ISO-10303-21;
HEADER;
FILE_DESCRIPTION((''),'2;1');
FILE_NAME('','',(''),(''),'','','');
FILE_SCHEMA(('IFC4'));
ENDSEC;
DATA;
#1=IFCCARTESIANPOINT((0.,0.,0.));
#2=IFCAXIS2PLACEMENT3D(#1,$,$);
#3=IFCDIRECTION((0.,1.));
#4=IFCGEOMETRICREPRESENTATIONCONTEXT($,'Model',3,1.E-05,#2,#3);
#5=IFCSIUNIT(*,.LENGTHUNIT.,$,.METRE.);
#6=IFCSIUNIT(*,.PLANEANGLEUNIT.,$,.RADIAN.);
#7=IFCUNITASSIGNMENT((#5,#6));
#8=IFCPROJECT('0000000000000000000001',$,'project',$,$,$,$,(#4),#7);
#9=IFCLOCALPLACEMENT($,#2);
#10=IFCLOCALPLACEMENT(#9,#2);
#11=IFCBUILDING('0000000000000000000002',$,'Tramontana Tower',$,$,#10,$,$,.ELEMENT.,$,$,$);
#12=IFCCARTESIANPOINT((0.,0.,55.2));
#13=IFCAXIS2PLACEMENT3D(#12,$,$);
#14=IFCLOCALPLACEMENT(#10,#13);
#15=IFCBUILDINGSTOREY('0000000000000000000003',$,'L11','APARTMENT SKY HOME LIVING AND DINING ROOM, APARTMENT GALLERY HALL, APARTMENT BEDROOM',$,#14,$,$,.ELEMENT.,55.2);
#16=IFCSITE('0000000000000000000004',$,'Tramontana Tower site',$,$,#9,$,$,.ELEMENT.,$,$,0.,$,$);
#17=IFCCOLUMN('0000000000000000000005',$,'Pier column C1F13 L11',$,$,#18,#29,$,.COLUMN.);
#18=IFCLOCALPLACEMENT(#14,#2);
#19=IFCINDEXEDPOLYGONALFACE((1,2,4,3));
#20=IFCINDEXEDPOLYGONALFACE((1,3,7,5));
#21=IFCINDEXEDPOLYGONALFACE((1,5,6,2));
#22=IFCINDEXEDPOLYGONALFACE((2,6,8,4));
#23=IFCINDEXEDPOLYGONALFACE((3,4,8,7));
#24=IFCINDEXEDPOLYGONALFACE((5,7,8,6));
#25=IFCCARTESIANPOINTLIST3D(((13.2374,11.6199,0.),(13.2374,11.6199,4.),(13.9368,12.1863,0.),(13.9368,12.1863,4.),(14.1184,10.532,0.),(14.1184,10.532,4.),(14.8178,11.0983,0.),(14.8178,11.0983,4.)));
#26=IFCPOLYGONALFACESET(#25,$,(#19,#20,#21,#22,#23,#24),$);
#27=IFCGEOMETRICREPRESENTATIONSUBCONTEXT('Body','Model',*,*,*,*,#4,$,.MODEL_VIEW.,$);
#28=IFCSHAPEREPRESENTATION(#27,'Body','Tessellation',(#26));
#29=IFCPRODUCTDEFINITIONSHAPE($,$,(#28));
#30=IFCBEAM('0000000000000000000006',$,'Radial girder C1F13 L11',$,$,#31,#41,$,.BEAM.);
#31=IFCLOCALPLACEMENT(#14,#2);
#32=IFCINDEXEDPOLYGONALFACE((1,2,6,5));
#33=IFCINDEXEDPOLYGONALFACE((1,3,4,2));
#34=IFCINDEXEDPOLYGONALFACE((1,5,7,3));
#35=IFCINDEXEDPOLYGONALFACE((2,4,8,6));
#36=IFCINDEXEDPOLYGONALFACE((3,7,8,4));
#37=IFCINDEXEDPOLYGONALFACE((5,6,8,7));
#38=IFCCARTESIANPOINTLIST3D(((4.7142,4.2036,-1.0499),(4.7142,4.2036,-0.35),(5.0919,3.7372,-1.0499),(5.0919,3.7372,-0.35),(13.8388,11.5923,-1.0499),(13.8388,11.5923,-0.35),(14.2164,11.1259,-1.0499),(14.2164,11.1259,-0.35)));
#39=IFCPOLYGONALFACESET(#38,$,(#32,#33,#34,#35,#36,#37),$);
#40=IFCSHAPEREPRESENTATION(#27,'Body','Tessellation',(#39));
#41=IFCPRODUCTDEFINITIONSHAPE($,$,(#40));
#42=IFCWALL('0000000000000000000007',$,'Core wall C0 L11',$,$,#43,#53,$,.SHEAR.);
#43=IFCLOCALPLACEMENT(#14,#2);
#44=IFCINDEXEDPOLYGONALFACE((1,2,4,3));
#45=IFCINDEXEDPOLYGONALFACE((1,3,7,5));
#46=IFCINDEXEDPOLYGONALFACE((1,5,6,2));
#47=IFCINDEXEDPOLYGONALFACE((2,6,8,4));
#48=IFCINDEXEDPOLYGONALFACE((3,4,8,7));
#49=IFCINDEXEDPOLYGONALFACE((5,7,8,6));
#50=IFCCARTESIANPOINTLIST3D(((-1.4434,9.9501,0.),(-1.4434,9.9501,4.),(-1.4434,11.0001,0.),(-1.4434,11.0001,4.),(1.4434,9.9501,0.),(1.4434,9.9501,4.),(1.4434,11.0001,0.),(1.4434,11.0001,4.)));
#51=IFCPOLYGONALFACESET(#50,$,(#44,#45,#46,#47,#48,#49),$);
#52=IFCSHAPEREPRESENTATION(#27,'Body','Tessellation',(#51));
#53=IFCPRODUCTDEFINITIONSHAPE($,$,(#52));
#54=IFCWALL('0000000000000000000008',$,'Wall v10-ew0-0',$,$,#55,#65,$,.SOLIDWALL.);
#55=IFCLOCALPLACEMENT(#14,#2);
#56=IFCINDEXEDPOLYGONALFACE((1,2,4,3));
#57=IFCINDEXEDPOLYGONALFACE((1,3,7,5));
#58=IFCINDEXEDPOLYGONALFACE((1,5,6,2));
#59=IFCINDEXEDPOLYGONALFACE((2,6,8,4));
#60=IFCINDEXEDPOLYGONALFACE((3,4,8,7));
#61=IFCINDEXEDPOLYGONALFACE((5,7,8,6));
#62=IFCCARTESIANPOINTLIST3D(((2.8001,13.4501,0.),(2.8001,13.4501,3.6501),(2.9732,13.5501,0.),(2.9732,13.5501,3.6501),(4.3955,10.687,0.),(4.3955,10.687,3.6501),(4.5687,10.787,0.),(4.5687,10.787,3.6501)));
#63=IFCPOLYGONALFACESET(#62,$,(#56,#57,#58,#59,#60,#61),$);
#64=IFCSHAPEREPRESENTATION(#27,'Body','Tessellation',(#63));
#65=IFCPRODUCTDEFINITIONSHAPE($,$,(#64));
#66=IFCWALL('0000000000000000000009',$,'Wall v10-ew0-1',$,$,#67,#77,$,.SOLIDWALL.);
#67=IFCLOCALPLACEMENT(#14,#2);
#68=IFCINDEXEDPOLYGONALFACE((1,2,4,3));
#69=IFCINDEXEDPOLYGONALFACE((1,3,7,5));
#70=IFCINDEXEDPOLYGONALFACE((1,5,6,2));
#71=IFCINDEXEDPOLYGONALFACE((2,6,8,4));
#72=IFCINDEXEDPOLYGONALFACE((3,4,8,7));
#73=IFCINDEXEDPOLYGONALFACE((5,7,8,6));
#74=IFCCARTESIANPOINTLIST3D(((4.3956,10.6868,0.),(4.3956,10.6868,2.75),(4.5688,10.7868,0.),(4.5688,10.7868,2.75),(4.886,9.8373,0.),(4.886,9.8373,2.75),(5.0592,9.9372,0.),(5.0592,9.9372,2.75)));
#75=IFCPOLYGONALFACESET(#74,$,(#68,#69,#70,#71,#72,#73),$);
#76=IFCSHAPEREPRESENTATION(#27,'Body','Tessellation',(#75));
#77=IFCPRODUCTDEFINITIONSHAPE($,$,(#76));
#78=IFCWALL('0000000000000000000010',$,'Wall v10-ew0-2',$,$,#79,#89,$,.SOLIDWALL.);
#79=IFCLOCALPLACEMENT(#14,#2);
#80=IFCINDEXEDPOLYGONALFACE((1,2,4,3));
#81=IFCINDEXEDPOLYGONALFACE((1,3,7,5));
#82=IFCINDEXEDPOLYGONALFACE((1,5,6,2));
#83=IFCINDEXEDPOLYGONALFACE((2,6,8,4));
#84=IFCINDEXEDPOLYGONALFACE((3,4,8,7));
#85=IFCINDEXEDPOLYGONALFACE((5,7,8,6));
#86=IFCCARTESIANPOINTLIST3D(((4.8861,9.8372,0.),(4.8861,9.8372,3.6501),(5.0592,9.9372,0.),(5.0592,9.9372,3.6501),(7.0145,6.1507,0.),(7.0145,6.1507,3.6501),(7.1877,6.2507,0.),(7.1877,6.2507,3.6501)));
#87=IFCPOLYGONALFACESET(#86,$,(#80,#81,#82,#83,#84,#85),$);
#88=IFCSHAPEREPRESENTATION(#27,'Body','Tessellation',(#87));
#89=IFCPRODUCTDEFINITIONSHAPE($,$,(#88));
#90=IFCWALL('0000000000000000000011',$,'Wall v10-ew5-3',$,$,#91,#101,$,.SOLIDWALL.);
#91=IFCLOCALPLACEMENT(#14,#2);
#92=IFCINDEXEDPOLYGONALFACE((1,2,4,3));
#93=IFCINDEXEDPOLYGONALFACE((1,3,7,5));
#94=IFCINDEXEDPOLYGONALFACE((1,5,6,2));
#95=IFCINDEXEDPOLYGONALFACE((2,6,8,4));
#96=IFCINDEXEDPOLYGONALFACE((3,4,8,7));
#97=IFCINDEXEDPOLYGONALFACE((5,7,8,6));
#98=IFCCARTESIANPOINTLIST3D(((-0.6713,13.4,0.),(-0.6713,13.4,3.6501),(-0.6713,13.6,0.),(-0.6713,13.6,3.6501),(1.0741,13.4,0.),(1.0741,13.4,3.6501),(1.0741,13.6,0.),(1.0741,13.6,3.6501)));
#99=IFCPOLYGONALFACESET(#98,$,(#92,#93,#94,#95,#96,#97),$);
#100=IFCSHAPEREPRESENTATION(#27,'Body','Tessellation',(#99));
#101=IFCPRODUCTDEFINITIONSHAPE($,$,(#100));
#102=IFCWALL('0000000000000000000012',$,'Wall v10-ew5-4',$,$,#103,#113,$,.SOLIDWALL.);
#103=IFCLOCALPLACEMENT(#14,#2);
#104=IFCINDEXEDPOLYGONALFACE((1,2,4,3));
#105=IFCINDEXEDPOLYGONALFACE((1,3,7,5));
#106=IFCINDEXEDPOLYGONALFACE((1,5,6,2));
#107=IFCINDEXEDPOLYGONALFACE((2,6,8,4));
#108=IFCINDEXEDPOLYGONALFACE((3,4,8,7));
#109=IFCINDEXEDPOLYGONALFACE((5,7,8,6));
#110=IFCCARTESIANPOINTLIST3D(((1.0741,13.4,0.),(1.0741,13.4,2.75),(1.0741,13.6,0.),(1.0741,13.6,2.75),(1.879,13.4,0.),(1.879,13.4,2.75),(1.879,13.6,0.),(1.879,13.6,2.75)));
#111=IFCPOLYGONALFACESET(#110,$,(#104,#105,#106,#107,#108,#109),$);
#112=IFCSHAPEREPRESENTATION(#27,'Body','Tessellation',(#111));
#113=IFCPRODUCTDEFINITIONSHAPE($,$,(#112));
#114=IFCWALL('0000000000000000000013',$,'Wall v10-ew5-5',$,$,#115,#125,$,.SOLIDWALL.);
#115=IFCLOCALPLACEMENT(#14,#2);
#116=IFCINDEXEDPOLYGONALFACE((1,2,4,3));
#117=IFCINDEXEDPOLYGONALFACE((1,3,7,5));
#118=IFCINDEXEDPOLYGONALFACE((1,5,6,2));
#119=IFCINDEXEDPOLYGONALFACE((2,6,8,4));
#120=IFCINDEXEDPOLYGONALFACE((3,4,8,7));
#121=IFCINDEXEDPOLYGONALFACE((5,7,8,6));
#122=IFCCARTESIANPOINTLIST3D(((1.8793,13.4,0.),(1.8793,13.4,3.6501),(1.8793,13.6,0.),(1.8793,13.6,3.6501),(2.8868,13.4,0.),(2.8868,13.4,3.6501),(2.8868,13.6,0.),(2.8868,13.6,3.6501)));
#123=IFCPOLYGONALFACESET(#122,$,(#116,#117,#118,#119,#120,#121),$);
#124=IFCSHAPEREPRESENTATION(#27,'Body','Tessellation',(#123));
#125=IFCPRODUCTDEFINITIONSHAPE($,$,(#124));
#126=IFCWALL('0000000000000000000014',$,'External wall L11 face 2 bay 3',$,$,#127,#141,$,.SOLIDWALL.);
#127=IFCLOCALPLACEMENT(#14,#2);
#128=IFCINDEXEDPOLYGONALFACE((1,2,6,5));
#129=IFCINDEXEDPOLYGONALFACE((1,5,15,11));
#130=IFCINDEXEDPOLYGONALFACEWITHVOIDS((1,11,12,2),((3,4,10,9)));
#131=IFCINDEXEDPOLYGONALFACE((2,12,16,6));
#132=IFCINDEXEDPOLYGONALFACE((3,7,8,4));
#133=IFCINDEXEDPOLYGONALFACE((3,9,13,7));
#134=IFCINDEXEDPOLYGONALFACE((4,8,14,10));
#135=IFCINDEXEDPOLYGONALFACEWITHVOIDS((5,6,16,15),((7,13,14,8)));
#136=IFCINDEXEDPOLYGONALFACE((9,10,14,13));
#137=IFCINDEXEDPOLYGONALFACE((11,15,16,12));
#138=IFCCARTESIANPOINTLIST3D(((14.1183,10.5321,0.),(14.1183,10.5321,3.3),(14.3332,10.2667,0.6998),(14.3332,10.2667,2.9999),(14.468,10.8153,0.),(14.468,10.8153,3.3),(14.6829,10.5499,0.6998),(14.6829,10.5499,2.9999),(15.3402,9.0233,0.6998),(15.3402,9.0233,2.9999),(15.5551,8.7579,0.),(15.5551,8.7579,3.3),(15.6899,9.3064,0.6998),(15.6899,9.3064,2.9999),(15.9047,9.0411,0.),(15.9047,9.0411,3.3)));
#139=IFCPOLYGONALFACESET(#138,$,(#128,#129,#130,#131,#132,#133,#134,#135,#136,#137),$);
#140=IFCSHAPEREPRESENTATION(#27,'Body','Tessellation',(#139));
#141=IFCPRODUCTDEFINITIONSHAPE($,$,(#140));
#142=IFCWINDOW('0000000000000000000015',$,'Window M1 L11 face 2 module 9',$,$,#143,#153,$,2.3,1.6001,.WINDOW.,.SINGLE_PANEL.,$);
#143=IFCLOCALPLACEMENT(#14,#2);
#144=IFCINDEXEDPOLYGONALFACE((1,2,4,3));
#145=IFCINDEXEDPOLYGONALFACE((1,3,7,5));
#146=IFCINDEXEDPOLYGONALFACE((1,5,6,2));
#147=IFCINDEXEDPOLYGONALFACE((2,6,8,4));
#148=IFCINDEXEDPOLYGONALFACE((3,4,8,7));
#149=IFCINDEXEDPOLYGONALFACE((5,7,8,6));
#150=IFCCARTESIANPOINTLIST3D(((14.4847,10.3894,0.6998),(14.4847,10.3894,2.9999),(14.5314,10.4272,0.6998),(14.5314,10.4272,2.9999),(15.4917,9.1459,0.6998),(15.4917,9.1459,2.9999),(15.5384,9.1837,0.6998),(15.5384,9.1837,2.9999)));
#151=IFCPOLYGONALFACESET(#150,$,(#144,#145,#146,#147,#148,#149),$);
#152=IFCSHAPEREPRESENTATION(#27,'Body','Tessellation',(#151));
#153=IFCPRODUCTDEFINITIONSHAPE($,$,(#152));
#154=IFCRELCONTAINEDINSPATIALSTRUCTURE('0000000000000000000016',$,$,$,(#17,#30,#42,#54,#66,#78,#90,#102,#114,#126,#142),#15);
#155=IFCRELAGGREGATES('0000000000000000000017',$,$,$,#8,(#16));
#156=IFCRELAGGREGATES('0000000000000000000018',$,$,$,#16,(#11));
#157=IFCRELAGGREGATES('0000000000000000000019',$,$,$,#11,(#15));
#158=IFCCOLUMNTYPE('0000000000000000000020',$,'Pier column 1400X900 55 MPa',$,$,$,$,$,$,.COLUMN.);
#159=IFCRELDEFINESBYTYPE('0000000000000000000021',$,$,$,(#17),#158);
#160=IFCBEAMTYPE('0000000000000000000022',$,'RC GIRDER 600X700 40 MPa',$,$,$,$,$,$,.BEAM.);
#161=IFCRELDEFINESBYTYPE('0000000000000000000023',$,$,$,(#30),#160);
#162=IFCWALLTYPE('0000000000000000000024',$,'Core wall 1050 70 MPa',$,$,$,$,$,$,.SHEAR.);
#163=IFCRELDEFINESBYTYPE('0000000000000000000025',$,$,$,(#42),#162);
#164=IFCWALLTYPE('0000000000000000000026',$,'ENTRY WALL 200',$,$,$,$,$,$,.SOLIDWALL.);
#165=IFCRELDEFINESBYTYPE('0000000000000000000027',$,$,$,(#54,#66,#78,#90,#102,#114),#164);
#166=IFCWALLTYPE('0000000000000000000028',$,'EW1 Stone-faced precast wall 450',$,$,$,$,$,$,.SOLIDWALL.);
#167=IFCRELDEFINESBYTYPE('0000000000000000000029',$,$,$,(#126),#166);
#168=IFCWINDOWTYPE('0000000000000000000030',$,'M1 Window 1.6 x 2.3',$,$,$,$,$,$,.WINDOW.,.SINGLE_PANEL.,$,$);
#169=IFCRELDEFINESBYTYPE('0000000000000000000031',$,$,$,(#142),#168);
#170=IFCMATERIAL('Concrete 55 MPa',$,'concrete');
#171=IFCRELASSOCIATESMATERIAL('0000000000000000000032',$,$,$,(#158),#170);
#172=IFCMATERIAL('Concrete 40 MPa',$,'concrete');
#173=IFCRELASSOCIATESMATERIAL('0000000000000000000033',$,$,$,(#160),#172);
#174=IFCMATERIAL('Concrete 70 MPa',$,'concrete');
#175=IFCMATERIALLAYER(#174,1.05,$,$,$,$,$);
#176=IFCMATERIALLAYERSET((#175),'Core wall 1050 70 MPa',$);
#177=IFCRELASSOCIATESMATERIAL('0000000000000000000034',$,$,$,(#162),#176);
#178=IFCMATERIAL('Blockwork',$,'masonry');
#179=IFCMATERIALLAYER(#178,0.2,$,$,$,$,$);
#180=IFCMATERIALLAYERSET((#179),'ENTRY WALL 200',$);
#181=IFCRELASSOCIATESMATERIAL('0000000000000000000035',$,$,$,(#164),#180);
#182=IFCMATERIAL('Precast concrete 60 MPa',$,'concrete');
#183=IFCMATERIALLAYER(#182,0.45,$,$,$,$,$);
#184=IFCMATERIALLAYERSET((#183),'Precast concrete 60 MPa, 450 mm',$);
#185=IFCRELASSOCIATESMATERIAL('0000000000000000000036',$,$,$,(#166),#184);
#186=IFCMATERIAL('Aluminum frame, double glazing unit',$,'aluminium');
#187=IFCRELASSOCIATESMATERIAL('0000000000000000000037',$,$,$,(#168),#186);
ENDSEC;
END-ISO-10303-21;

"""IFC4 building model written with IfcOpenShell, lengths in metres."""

from ifc_helpers import new_model, si_unit, direction, frame, frame_2d, origin, origin_2d, place, context, subcontext, project, spatial, rectangle, extrude, material, layer, layer_set, material_profile, profile_set, type_object, element, fill, save


model = new_model("IFC4")

# Units and contexts
model_context = context("Model", 3, precision=1e-05, world=origin(), true_north=direction((0.0, 1.0)))
body_context = subcontext(model_context, "Body", "Model", "MODEL_VIEW")
ifc_project = project(units=[si_unit("LENGTHUNIT", "METRE"), si_unit("PLANEANGLEUNIT", "RADIAN")], contexts=[model_context])

# Site, building, storey
site_placement = place(None, origin())
site = spatial("IfcSite", under=ifc_project, at=site_placement, Name="Tramontana Tower site", CompositionType="ELEMENT", RefElevation=0.0)
building_placement = place(site_placement, origin())
building = spatial("IfcBuilding", under=site, at=building_placement, Name="Tramontana Tower", CompositionType="ELEMENT")
storey_placement = place(building_placement, frame((0.0, 0.0, 55.2)))
storey = spatial("IfcBuildingStorey", under=building, at=storey_placement, Name="L11", Description="APARTMENT SKY HOME LIVING AND DINING ROOM, APARTMENT GALLERY HALL, APARTMENT BEDROOM", CompositionType="ELEMENT", Elevation=55.2)

# Column
ifc_material_1 = material(Name="Concrete 55 MPa", Category="concrete")
ifc_material_profile_1 = material_profile(ifc_material_1, rectangle(XDim=1.3999, YDim=0.8999, at=origin_2d()), Name="Pier column 1400X900 55 MPa")
ifc_profile_set_1 = profile_set([ifc_material_profile_1], Name="Concrete 55 MPa")
column_type = type_object("IfcColumnType", Name="Pier column 1400X900 55 MPa", PredefinedType="COLUMN", material=ifc_profile_set_1)
column_placement = place(storey_placement, frame((14.0276, 11.3591, 0.0), z_axis=(0.0, 0.0, 1.0), x_axis=(-0.62932, 0.777146, 0.0)))
element("IfcColumn", 1, at=column_placement, inside=storey, type_object=column_type, Name="Pier column C1F13 L11", PredefinedType="COLUMN", context=body_context, shape_type="SweptSolid", body=[
    extrude(rectangle(XDim=1.3999, YDim=0.8999, at=origin_2d()), origin(), (0.0, 0.0, 1.0), 4.0),
])

# Beam
ifc_material_2 = material(Name="Concrete 40 MPa", Category="concrete")
ifc_material_profile_2 = material_profile(ifc_material_2, rectangle(XDim=0.6001, YDim=0.7, at=origin_2d()), Name="RC GIRDER 600X700 40 MPa")
ifc_profile_set_2 = profile_set([ifc_material_profile_2], Name="Concrete 40 MPa")
beam_type = type_object("IfcBeamType", Name="RC GIRDER 600X700 40 MPa", PredefinedType="BEAM", material=ifc_profile_set_2)
beam_placement = place(storey_placement, frame((14.0276, 11.3591, -0.7), z_axis=(-0.777155, -0.629309, 0.0), x_axis=(0.629309, -0.777155, 0.0)))
element("IfcBeam", 2, at=beam_placement, inside=storey, type_object=beam_type, Name="Radial girder C1F13 L11", PredefinedType="BEAM", context=body_context, shape_type="SweptSolid", body=[
    extrude(rectangle(XDim=0.6001, YDim=0.7, at=origin_2d()), origin(), (0.0, 0.0, 1.0), 11.741),
])

# Walls
ifc_material_3 = material(Name="Concrete 70 MPa", Category="concrete")
ifc_layer_1 = layer(ifc_material_3, 1.05)
ifc_layer_set_1 = layer_set([ifc_layer_1], Name="Core wall 1050 70 MPa")
wall_type_1 = type_object("IfcWallType", Name="Core wall 1050 70 MPa", PredefinedType="SHEAR", material=ifc_layer_set_1)
wall_1_placement = place(storey_placement, frame((1.4434, 10.4751, 0.0), z_axis=(0.0, 0.0, 1.0), x_axis=(-1.0, 0.0, 0.0)))
element("IfcWall", 3, at=wall_1_placement, inside=storey, type_object=wall_type_1, Name="Core wall C0 L11", PredefinedType="SHEAR", context=body_context, shape_type="SweptSolid", body=[
    extrude(rectangle(XDim=2.8867, YDim=1.05, at=frame_2d((1.4434, 0.0))), origin(), (0.0, 0.0, 1.0), 4.0),
])
ifc_material_4 = material(Name="Blockwork", Category="masonry")
ifc_layer_2 = layer(ifc_material_4, 0.2)
ifc_layer_set_2 = layer_set([ifc_layer_2], Name="ENTRY WALL 200")
wall_type_2 = type_object("IfcWallType", Name="ENTRY WALL 200", PredefinedType="SOLIDWALL", material=ifc_layer_set_2)
wall_2_placement = place(storey_placement, frame((2.8867, 13.5, 0.0), z_axis=(0.0, 0.0, 1.0), x_axis=(0.500032, -0.866007, 0.0)))
element("IfcWall", 4, at=wall_2_placement, inside=storey, type_object=wall_type_2, Name="Wall v10-ew0-0", PredefinedType="SOLIDWALL", context=body_context, shape_type="SweptSolid", body=[
    extrude(rectangle(XDim=3.1907, YDim=0.2, at=frame_2d((1.5952, 0.0))), origin(), (0.0, 0.0, 1.0), 3.6501),
])
wall_3_placement = place(storey_placement, frame((4.4822, 10.7368, 0.0), z_axis=(0.0, 0.0, 1.0), x_axis=(0.499967, -0.866045, 0.0)))
element("IfcWall", 5, at=wall_3_placement, inside=storey, type_object=wall_type_2, Name="Wall v10-ew0-1", PredefinedType="SOLIDWALL", context=body_context, shape_type="SweptSolid", body=[
    extrude(rectangle(XDim=0.981, YDim=0.2, at=frame_2d((0.4905, 0.0))), origin(), (0.0, 0.0, 1.0), 2.75),
])
wall_4_placement = place(storey_placement, frame((4.9727, 9.8872, 0.0), z_axis=(0.0, 0.0, 1.0), x_axis=(0.5, -0.866025, 0.0)))
element("IfcWall", 6, at=wall_4_placement, inside=storey, type_object=wall_type_2, Name="Wall v10-ew0-2", PredefinedType="SOLIDWALL", context=body_context, shape_type="SweptSolid", body=[
    extrude(rectangle(XDim=4.2568, YDim=0.2, at=frame_2d((2.1284, 0.0))), origin(), (0.0, 0.0, 1.0), 3.6501),
])
wall_5_placement = place(storey_placement, frame((-0.6711, 13.5, 0.0), z_axis=(0.0, 0.0, 1.0), x_axis=(1.0, 0.0, 0.0)))
element("IfcWall", 7, at=wall_5_placement, inside=storey, type_object=wall_type_2, Name="Wall v10-ew5-3", PredefinedType="SOLIDWALL", context=body_context, shape_type="SweptSolid", body=[
    extrude(rectangle(XDim=1.7454, YDim=0.2, at=frame_2d((0.8726, 0.0))), origin(), (0.0, 0.0, 1.0), 3.6501),
])
wall_6_placement = place(storey_placement, frame((1.0742, 13.5, 0.0), z_axis=(0.0, 0.0, 1.0), x_axis=(1.0, 0.0, 0.0)))
element("IfcWall", 8, at=wall_6_placement, inside=storey, type_object=wall_type_2, Name="Wall v10-ew5-4", PredefinedType="SOLIDWALL", context=body_context, shape_type="SweptSolid", body=[
    extrude(rectangle(XDim=0.8049, YDim=0.2, at=frame_2d((0.4023, 0.0))), origin(), (0.0, 0.0, 1.0), 2.75),
])
wall_7_placement = place(storey_placement, frame((1.8792, 13.5, 0.0), z_axis=(0.0, 0.0, 1.0), x_axis=(1.0, 0.0, 0.0)))
element("IfcWall", 9, at=wall_7_placement, inside=storey, type_object=wall_type_2, Name="Wall v10-ew5-5", PredefinedType="SOLIDWALL", context=body_context, shape_type="SweptSolid", body=[
    extrude(rectangle(XDim=1.0076, YDim=0.2, at=frame_2d((0.5039, 0.0))), origin(), (0.0, 0.0, 1.0), 3.6501),
])

# Wall, opening, window
ifc_material_5 = material(Name="Precast concrete 60 MPa", Category="concrete")
ifc_layer_3 = layer(ifc_material_5, 0.45)
ifc_layer_set_3 = layer_set([ifc_layer_3], Name="Precast concrete 60 MPa, 450 mm")
wall_type_3 = type_object("IfcWallType", Name="EW1 Stone-faced precast wall 450", PredefinedType="SOLIDWALL", material=ifc_layer_set_3)
wall_8_placement = place(storey_placement, frame((15.73, 8.8994, 0.0), z_axis=(0.0, 0.0, 1.0), x_axis=(-0.62934, 0.77713, 0.0)))
wall_8 = element("IfcWall", 10, at=wall_8_placement, inside=storey, type_object=wall_type_3, Name="External wall L11 face 2 bay 3", PredefinedType="SOLIDWALL", context=body_context, shape_type="SweptSolid", body=[
    extrude(rectangle(XDim=2.283, YDim=0.45, at=frame_2d((1.1416, 0.0))), origin(), (0.0, 0.0, 1.0), 3.3),
])
opening_1_placement = place(wall_8_placement, frame((0.3416, 0.0, 0.7)))
opening_1 = element("IfcOpeningElement", 11, at=opening_1_placement, cuts=wall_8, PredefinedType="OPENING", context=body_context, shape_type="SweptSolid", body=[
    extrude(rectangle(XDim=1.6001, YDim=2.3, at=frame_2d((0.8, 1.1499))), frame((0.0, 0.2349, 0.0), z_axis=(0.0, -1.0, 0.0), x_axis=(1.0, 0.0, 0.0)), (0.0, 0.0, 1.0), 0.47),
])
ifc_material_6 = material(Name="Aluminum frame, double glazing unit", Category="aluminium")
window_type_1 = type_object("IfcWindowType", Name="M1 Window 1.6 x 2.3", PartitioningType="SINGLE_PANEL", PredefinedType="WINDOW", material=ifc_material_6)
window_1_placement = place(opening_1_placement, origin())
window_1 = element("IfcWindow", 12, at=window_1_placement, inside=storey, type_object=window_type_1, Name="Window M1 L11 face 2 module 9", OverallHeight=2.3, OverallWidth=1.6001, PartitioningType="SINGLE_PANEL", PredefinedType="WINDOW", context=body_context, shape_type="SweptSolid", body=[
    extrude(rectangle(XDim=1.6001, YDim=2.3, at=frame_2d((0.8, 1.1499))), frame((0.0, 0.03, 0.0), z_axis=(0.0, -1.0, 0.0), x_axis=(1.0, 0.0, 0.0)), (0.0, 0.0, 1.0), 0.0601),
])
fill(opening_1, window_1)

save(model, "model.ifc")
